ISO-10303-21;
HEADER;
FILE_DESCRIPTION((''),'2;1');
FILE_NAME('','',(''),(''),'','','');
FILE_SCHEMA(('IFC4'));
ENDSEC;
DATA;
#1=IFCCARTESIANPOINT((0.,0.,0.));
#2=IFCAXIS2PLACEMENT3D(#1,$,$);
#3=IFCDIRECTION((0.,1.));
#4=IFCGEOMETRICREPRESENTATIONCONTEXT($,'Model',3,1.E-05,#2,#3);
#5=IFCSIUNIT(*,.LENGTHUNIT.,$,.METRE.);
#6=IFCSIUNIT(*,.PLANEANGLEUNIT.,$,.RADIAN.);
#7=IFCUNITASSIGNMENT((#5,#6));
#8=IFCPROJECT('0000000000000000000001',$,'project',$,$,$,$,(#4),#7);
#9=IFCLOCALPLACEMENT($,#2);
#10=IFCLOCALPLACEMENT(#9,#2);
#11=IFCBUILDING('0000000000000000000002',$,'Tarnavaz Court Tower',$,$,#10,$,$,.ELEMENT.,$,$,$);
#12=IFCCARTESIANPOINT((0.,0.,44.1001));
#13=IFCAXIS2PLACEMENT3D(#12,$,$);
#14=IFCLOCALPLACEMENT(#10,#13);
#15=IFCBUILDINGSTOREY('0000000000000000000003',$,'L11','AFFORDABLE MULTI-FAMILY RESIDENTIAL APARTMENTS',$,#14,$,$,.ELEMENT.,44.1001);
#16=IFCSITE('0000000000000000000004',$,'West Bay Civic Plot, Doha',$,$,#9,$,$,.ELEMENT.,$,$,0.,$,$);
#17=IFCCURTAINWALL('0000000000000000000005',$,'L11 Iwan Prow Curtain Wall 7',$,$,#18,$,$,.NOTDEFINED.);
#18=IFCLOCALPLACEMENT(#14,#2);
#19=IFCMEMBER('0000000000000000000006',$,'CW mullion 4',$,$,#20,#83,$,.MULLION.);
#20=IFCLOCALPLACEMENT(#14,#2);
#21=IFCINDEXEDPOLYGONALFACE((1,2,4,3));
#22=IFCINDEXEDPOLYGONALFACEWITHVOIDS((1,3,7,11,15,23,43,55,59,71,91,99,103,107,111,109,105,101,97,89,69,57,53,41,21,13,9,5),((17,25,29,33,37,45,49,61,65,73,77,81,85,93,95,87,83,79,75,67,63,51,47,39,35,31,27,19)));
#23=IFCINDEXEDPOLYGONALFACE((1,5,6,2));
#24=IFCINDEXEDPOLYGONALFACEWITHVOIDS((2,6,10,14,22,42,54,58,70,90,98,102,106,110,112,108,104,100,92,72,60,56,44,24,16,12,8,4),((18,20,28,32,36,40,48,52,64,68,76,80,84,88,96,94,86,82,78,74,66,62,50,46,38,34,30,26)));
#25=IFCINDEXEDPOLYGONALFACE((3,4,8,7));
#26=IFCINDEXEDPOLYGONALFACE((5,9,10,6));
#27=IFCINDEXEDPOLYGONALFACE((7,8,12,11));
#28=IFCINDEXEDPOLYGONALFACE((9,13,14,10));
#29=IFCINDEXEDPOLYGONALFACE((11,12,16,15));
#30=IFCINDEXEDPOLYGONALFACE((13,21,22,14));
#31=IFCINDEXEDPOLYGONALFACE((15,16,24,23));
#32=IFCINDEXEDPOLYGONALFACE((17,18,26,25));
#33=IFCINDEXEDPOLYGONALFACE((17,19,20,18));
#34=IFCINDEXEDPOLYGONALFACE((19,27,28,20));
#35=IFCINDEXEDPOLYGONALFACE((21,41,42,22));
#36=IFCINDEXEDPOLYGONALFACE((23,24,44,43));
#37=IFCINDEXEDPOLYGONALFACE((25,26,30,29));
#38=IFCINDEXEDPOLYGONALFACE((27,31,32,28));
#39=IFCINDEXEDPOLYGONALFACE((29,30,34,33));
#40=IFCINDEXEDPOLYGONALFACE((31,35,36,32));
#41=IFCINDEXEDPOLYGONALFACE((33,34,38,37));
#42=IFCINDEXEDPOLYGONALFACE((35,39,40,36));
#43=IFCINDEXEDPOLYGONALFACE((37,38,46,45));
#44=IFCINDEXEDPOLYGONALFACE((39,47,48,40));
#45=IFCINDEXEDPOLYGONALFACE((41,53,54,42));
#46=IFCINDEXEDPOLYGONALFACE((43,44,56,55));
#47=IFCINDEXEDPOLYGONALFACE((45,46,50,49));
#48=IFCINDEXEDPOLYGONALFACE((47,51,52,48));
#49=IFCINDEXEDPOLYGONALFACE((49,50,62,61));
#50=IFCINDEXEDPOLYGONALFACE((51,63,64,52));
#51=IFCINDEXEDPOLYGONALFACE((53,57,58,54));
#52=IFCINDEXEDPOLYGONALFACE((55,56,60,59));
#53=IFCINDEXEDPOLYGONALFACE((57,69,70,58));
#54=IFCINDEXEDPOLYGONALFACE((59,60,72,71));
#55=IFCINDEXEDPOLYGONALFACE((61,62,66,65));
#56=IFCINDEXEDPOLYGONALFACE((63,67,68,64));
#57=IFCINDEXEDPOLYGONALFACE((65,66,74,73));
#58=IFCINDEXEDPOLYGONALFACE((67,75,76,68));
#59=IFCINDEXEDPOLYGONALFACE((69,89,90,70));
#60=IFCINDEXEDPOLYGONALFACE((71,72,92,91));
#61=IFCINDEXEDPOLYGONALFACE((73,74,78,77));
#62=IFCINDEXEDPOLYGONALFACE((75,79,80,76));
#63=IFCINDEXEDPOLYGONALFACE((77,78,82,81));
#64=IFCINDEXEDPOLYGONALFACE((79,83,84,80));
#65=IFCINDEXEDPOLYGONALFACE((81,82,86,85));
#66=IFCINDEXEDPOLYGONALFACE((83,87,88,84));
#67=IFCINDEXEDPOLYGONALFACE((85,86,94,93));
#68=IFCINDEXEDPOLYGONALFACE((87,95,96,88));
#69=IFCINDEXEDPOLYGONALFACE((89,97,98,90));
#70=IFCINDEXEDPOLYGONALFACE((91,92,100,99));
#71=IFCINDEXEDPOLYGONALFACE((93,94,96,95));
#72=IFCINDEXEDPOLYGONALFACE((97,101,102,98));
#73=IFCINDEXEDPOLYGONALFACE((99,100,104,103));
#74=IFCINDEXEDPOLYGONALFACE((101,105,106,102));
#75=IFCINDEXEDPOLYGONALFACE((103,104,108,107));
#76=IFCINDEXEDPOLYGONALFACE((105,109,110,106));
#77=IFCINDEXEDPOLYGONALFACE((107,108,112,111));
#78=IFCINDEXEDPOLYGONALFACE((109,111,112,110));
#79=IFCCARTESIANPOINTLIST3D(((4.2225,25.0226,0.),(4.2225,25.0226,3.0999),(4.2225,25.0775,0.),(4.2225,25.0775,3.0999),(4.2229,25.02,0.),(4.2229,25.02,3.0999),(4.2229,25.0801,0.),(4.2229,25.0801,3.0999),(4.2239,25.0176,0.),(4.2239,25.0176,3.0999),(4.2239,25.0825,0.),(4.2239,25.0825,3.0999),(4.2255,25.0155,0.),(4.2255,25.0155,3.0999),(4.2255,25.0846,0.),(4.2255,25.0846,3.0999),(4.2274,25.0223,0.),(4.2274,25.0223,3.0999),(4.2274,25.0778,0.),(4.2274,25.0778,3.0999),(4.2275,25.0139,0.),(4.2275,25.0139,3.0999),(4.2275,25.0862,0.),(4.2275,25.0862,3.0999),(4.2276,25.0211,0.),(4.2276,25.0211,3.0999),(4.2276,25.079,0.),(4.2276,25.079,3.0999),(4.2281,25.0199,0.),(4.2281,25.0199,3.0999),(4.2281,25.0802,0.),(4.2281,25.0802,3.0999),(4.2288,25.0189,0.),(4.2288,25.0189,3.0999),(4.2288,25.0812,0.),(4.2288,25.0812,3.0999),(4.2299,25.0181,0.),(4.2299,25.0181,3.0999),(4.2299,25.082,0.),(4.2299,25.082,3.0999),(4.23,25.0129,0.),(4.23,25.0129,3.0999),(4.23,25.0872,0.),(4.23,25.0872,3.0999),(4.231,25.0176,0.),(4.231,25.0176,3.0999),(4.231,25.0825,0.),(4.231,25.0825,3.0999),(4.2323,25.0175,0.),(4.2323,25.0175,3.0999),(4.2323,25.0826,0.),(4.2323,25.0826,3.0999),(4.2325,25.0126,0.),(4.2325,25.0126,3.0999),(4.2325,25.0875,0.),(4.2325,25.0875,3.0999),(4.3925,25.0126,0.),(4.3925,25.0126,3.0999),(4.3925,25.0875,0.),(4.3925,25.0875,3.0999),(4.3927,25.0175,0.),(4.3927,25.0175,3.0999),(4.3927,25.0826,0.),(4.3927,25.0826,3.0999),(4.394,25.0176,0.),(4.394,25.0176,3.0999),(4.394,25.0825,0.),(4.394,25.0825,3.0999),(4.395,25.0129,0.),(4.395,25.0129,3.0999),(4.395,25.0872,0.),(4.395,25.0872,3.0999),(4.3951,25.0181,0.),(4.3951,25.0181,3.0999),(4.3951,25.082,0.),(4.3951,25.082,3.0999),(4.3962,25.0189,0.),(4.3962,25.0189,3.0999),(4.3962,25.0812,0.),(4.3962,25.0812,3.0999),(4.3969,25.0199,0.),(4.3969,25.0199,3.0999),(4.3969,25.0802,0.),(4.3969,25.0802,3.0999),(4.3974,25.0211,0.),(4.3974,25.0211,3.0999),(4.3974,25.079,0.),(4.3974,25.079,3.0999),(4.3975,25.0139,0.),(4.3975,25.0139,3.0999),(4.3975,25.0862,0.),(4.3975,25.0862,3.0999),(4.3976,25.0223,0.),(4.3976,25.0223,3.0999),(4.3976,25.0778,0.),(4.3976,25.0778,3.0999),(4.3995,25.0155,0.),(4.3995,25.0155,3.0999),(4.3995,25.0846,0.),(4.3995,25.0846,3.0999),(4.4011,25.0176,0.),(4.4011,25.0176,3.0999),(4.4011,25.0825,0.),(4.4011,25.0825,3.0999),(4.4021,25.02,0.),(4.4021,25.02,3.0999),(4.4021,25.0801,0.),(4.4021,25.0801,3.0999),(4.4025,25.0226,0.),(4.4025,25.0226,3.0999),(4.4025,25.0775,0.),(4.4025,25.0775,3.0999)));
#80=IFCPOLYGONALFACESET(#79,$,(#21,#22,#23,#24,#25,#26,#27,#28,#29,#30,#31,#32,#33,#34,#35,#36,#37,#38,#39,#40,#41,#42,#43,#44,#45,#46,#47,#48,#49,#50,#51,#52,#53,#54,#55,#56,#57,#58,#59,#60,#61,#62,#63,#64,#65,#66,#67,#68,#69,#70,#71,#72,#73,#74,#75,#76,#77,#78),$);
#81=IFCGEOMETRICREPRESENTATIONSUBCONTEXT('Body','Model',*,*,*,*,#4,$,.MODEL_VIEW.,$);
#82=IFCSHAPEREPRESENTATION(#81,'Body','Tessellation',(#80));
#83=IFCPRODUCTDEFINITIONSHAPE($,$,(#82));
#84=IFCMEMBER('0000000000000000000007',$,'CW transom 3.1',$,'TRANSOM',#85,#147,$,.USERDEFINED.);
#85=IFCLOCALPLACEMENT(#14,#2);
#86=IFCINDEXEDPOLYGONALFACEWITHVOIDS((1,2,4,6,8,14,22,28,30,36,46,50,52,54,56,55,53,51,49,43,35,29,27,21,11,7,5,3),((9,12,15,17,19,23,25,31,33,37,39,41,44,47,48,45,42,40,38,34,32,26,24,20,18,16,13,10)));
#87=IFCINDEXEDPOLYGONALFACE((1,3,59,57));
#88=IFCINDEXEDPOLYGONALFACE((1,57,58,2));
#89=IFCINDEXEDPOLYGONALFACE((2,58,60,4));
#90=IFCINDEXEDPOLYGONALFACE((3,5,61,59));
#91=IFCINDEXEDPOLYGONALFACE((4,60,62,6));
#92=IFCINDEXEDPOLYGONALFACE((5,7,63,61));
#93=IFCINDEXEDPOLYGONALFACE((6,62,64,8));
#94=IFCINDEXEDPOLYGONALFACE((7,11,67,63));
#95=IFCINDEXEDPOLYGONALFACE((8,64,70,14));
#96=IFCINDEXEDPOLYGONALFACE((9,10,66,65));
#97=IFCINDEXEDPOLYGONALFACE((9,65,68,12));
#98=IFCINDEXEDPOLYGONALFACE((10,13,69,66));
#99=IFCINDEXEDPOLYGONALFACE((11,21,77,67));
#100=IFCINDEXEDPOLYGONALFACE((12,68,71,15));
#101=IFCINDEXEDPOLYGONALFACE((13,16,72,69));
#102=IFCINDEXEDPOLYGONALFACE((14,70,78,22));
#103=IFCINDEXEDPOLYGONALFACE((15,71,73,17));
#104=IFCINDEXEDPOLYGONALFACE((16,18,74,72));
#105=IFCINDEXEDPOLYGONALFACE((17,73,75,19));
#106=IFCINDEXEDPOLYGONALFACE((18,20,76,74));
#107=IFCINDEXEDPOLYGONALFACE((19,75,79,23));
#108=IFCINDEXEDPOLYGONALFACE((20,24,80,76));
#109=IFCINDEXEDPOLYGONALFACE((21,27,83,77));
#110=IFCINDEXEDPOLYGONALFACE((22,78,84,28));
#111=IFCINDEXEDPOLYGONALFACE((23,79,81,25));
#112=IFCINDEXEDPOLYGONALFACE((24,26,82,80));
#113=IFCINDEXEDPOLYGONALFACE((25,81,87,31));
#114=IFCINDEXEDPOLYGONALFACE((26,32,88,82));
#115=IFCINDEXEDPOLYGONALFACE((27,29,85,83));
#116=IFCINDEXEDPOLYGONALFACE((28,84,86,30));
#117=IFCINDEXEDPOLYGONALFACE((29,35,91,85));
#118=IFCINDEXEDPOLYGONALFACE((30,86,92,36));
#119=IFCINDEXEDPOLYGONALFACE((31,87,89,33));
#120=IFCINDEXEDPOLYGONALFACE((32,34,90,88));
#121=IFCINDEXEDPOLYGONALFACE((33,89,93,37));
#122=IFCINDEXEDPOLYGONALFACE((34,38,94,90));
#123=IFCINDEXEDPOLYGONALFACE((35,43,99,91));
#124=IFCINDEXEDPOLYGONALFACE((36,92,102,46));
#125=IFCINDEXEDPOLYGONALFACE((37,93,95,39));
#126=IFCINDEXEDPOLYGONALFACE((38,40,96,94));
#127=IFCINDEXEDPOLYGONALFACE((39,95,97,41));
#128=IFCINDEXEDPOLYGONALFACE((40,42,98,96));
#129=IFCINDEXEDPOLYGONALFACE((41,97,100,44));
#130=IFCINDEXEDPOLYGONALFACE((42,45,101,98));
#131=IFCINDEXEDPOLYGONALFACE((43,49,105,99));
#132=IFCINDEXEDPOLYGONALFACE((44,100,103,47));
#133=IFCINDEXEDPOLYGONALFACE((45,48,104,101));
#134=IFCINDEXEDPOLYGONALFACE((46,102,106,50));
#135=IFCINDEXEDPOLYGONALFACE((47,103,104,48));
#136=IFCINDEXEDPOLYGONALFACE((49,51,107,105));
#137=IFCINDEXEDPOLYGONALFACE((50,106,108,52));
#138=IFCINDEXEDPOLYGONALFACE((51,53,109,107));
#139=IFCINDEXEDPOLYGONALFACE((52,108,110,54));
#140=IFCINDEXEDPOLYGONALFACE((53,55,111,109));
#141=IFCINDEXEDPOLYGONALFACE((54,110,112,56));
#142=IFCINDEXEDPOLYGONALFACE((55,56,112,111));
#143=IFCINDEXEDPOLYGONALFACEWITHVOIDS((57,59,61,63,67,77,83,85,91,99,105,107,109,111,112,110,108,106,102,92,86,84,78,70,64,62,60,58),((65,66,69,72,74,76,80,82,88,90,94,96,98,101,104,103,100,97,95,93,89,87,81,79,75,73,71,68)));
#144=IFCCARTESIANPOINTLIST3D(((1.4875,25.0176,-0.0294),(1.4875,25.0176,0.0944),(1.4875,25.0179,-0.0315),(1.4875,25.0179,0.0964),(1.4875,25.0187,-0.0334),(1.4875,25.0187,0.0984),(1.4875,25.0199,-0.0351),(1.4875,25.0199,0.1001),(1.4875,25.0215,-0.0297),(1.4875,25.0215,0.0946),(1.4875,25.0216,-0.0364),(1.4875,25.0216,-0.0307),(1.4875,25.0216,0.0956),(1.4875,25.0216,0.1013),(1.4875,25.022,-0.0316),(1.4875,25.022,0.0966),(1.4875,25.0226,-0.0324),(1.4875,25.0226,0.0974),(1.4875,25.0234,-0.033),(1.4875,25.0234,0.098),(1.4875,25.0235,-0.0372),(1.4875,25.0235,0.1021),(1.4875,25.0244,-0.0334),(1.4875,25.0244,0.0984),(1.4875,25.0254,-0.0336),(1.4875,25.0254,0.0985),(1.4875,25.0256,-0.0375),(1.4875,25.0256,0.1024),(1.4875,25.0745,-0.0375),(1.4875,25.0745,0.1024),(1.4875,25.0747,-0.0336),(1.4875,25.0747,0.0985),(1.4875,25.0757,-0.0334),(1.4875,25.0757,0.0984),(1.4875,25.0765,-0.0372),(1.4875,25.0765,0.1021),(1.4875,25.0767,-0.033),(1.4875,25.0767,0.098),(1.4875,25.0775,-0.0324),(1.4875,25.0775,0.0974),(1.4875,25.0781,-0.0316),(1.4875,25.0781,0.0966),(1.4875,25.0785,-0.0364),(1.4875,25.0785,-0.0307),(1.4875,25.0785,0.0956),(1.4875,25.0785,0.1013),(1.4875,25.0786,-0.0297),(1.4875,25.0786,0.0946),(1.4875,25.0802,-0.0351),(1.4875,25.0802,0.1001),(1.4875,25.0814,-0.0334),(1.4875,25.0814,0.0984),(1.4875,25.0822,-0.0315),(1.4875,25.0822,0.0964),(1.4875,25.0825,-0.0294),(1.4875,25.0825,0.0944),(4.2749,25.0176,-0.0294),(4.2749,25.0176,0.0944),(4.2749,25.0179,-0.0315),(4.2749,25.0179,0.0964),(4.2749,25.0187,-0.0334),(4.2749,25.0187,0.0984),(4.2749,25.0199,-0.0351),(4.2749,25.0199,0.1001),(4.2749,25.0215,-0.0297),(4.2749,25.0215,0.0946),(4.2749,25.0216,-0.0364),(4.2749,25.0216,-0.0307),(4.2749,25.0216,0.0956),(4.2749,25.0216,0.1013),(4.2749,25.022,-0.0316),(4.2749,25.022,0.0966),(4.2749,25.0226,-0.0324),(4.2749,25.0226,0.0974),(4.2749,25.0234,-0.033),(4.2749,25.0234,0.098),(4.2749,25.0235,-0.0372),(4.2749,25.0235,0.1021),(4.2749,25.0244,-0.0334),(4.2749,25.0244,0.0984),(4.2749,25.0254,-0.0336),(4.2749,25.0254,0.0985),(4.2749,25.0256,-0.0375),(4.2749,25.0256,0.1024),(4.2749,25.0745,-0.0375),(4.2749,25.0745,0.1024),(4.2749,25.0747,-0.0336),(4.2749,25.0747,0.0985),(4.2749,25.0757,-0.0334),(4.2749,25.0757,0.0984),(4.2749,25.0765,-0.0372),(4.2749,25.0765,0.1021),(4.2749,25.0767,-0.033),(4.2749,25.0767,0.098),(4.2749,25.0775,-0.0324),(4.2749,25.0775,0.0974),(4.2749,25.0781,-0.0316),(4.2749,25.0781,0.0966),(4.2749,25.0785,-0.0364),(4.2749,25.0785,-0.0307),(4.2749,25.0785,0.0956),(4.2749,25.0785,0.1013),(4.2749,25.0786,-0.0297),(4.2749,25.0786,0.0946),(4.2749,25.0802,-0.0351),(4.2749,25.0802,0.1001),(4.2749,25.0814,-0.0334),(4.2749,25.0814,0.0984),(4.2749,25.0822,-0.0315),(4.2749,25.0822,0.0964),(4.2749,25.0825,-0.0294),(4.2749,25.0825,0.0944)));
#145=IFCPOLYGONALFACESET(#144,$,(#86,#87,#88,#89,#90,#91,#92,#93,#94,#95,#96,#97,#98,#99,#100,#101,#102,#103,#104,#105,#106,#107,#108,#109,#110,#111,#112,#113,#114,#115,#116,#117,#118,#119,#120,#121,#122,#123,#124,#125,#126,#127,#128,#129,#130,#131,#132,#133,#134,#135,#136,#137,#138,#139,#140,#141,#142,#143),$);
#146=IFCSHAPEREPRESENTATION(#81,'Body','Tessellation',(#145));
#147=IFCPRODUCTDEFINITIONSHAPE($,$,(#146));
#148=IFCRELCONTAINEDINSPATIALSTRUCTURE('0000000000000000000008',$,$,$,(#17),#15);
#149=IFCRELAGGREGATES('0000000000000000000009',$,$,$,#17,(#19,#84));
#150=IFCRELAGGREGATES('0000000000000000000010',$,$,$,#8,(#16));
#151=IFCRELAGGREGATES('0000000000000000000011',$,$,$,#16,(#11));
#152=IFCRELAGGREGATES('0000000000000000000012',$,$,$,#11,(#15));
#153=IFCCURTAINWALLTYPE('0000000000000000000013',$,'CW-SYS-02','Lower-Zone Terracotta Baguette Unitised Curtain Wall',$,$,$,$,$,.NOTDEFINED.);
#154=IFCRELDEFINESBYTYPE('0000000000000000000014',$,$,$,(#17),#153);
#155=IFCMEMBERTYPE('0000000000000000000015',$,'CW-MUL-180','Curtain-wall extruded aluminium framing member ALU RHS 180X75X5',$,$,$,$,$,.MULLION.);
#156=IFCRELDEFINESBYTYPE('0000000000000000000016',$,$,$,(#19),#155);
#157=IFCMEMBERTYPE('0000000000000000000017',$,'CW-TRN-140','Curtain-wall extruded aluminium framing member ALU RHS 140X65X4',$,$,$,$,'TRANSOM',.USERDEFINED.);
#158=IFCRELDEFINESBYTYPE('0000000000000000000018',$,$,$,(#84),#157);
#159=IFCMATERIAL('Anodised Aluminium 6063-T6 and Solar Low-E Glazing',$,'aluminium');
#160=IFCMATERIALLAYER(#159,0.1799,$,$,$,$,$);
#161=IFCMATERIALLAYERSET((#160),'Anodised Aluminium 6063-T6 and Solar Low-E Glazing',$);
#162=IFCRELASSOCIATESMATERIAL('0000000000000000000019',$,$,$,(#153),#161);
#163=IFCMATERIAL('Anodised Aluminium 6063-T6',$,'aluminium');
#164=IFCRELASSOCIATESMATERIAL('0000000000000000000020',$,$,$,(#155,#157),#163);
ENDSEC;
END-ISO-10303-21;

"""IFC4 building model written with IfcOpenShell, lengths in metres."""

from ifc_helpers import new_model, si_unit, direction, frame, origin, origin_2d, place, context, subcontext, project, spatial, hollow_rectangle, extrude, material, layer, layer_set, material_profile, profile_set, type_object, element, aggregate, save


model = new_model("IFC4")

# Units and contexts
model_context = context("Model", 3, precision=1e-05, world=origin(), true_north=direction((0.0, 1.0)))
body_context = subcontext(model_context, "Body", "Model", "MODEL_VIEW")
ifc_project = project(units=[si_unit("LENGTHUNIT", "METRE"), si_unit("PLANEANGLEUNIT", "RADIAN")], contexts=[model_context])

# Site, building, storey
site_placement = place(None, origin())
site = spatial("IfcSite", under=ifc_project, at=site_placement, Name="West Bay Civic Plot, Doha", CompositionType="ELEMENT", RefElevation=0.0)
building_placement = place(site_placement, origin())
building = spatial("IfcBuilding", under=site, at=building_placement, Name="Tarnavaz Court Tower", CompositionType="ELEMENT")
storey_placement = place(building_placement, frame((0.0, 0.0, 44.1001)))
storey = spatial("IfcBuildingStorey", under=building, at=storey_placement, Name="L11", Description="AFFORDABLE MULTI-FAMILY RESIDENTIAL APARTMENTS", CompositionType="ELEMENT", Elevation=44.1001)

# Curtain wall, members
ifc_material_1 = material(Name="Anodised Aluminium 6063-T6 and Solar Low-E Glazing", Category="aluminium")
ifc_layer_1 = layer(ifc_material_1, 0.1799)
ifc_layer_set_1 = layer_set([ifc_layer_1], Name="Anodised Aluminium 6063-T6 and Solar Low-E Glazing")
curtain_wall_type = type_object("IfcCurtainWallType", Name="CW-SYS-02", Description="Lower-Zone Terracotta Baguette Unitised Curtain Wall", PredefinedType="NOTDEFINED", material=ifc_layer_set_1)
curtain_wall_placement = place(storey_placement, origin())
curtain_wall = element("IfcCurtainWall", 1, at=curtain_wall_placement, inside=storey, type_object=curtain_wall_type, Name="L11 Iwan Prow Curtain Wall 7", PredefinedType="NOTDEFINED")
ifc_material_2 = material(Name="Anodised Aluminium 6063-T6", Category="aluminium")
ifc_material_profile_1 = material_profile(ifc_material_2, hollow_rectangle(XDim=0.075, YDim=0.1799, WallThickness=0.0049, InnerFilletRadius=0.0049, OuterFilletRadius=0.01, at=origin_2d()), Name="ALU RHS 180X75X5")
ifc_profile_set_1 = profile_set([ifc_material_profile_1], Name="Anodised Aluminium 6063-T6")
member_type_1 = type_object("IfcMemberType", Name="CW-MUL-180", Description="Curtain-wall extruded aluminium framing member ALU RHS 180X75X5", PredefinedType="MULLION", material=ifc_profile_set_1)
member_1_placement = place(storey_placement, frame((4.3125, 25.05, 0.0), z_axis=(0.0, 0.0, 1.0), x_axis=(0.0, 1.0, 0.0)))
member_1 = element("IfcMember", 2, at=member_1_placement, type_object=member_type_1, Name="CW mullion 4", PredefinedType="MULLION", context=body_context, shape_type="SweptSolid", body=[
    extrude(hollow_rectangle(XDim=0.075, YDim=0.1799, WallThickness=0.0049, InnerFilletRadius=0.0049, OuterFilletRadius=0.01, at=origin_2d()), origin(), (0.0, 0.0, 1.0), 3.0999),
])
ifc_material_profile_2 = material_profile(ifc_material_2, hollow_rectangle(XDim=0.0649, YDim=0.1399, WallThickness=0.0039, InnerFilletRadius=0.0039, OuterFilletRadius=0.0081, at=origin_2d()), Name="ALU RHS 140X65X4")
ifc_profile_set_2 = profile_set([ifc_material_profile_2], Name="Anodised Aluminium 6063-T6")
member_type_2 = type_object("IfcMemberType", Name="CW-TRN-140", Description="Curtain-wall extruded aluminium framing member ALU RHS 140X65X4", ElementType="TRANSOM", PredefinedType="USERDEFINED", material=ifc_profile_set_2)
member_2_placement = place(storey_placement, frame((1.4875, 25.05, 0.0325), z_axis=(1.0, 0.0, 0.0), x_axis=(0.0, 1.0, 0.0)))
member_2 = element("IfcMember", 3, at=member_2_placement, type_object=member_type_2, Name="CW transom 3.1", ObjectType="TRANSOM", PredefinedType="USERDEFINED", context=body_context, shape_type="SweptSolid", body=[
    extrude(hollow_rectangle(XDim=0.0649, YDim=0.1399, WallThickness=0.0039, InnerFilletRadius=0.0039, OuterFilletRadius=0.0081, at=origin_2d()), origin(), (0.0, 0.0, 1.0), 2.7874),
])
aggregate(curtain_wall, [member_1, member_2])

save(model, "model.ifc")
